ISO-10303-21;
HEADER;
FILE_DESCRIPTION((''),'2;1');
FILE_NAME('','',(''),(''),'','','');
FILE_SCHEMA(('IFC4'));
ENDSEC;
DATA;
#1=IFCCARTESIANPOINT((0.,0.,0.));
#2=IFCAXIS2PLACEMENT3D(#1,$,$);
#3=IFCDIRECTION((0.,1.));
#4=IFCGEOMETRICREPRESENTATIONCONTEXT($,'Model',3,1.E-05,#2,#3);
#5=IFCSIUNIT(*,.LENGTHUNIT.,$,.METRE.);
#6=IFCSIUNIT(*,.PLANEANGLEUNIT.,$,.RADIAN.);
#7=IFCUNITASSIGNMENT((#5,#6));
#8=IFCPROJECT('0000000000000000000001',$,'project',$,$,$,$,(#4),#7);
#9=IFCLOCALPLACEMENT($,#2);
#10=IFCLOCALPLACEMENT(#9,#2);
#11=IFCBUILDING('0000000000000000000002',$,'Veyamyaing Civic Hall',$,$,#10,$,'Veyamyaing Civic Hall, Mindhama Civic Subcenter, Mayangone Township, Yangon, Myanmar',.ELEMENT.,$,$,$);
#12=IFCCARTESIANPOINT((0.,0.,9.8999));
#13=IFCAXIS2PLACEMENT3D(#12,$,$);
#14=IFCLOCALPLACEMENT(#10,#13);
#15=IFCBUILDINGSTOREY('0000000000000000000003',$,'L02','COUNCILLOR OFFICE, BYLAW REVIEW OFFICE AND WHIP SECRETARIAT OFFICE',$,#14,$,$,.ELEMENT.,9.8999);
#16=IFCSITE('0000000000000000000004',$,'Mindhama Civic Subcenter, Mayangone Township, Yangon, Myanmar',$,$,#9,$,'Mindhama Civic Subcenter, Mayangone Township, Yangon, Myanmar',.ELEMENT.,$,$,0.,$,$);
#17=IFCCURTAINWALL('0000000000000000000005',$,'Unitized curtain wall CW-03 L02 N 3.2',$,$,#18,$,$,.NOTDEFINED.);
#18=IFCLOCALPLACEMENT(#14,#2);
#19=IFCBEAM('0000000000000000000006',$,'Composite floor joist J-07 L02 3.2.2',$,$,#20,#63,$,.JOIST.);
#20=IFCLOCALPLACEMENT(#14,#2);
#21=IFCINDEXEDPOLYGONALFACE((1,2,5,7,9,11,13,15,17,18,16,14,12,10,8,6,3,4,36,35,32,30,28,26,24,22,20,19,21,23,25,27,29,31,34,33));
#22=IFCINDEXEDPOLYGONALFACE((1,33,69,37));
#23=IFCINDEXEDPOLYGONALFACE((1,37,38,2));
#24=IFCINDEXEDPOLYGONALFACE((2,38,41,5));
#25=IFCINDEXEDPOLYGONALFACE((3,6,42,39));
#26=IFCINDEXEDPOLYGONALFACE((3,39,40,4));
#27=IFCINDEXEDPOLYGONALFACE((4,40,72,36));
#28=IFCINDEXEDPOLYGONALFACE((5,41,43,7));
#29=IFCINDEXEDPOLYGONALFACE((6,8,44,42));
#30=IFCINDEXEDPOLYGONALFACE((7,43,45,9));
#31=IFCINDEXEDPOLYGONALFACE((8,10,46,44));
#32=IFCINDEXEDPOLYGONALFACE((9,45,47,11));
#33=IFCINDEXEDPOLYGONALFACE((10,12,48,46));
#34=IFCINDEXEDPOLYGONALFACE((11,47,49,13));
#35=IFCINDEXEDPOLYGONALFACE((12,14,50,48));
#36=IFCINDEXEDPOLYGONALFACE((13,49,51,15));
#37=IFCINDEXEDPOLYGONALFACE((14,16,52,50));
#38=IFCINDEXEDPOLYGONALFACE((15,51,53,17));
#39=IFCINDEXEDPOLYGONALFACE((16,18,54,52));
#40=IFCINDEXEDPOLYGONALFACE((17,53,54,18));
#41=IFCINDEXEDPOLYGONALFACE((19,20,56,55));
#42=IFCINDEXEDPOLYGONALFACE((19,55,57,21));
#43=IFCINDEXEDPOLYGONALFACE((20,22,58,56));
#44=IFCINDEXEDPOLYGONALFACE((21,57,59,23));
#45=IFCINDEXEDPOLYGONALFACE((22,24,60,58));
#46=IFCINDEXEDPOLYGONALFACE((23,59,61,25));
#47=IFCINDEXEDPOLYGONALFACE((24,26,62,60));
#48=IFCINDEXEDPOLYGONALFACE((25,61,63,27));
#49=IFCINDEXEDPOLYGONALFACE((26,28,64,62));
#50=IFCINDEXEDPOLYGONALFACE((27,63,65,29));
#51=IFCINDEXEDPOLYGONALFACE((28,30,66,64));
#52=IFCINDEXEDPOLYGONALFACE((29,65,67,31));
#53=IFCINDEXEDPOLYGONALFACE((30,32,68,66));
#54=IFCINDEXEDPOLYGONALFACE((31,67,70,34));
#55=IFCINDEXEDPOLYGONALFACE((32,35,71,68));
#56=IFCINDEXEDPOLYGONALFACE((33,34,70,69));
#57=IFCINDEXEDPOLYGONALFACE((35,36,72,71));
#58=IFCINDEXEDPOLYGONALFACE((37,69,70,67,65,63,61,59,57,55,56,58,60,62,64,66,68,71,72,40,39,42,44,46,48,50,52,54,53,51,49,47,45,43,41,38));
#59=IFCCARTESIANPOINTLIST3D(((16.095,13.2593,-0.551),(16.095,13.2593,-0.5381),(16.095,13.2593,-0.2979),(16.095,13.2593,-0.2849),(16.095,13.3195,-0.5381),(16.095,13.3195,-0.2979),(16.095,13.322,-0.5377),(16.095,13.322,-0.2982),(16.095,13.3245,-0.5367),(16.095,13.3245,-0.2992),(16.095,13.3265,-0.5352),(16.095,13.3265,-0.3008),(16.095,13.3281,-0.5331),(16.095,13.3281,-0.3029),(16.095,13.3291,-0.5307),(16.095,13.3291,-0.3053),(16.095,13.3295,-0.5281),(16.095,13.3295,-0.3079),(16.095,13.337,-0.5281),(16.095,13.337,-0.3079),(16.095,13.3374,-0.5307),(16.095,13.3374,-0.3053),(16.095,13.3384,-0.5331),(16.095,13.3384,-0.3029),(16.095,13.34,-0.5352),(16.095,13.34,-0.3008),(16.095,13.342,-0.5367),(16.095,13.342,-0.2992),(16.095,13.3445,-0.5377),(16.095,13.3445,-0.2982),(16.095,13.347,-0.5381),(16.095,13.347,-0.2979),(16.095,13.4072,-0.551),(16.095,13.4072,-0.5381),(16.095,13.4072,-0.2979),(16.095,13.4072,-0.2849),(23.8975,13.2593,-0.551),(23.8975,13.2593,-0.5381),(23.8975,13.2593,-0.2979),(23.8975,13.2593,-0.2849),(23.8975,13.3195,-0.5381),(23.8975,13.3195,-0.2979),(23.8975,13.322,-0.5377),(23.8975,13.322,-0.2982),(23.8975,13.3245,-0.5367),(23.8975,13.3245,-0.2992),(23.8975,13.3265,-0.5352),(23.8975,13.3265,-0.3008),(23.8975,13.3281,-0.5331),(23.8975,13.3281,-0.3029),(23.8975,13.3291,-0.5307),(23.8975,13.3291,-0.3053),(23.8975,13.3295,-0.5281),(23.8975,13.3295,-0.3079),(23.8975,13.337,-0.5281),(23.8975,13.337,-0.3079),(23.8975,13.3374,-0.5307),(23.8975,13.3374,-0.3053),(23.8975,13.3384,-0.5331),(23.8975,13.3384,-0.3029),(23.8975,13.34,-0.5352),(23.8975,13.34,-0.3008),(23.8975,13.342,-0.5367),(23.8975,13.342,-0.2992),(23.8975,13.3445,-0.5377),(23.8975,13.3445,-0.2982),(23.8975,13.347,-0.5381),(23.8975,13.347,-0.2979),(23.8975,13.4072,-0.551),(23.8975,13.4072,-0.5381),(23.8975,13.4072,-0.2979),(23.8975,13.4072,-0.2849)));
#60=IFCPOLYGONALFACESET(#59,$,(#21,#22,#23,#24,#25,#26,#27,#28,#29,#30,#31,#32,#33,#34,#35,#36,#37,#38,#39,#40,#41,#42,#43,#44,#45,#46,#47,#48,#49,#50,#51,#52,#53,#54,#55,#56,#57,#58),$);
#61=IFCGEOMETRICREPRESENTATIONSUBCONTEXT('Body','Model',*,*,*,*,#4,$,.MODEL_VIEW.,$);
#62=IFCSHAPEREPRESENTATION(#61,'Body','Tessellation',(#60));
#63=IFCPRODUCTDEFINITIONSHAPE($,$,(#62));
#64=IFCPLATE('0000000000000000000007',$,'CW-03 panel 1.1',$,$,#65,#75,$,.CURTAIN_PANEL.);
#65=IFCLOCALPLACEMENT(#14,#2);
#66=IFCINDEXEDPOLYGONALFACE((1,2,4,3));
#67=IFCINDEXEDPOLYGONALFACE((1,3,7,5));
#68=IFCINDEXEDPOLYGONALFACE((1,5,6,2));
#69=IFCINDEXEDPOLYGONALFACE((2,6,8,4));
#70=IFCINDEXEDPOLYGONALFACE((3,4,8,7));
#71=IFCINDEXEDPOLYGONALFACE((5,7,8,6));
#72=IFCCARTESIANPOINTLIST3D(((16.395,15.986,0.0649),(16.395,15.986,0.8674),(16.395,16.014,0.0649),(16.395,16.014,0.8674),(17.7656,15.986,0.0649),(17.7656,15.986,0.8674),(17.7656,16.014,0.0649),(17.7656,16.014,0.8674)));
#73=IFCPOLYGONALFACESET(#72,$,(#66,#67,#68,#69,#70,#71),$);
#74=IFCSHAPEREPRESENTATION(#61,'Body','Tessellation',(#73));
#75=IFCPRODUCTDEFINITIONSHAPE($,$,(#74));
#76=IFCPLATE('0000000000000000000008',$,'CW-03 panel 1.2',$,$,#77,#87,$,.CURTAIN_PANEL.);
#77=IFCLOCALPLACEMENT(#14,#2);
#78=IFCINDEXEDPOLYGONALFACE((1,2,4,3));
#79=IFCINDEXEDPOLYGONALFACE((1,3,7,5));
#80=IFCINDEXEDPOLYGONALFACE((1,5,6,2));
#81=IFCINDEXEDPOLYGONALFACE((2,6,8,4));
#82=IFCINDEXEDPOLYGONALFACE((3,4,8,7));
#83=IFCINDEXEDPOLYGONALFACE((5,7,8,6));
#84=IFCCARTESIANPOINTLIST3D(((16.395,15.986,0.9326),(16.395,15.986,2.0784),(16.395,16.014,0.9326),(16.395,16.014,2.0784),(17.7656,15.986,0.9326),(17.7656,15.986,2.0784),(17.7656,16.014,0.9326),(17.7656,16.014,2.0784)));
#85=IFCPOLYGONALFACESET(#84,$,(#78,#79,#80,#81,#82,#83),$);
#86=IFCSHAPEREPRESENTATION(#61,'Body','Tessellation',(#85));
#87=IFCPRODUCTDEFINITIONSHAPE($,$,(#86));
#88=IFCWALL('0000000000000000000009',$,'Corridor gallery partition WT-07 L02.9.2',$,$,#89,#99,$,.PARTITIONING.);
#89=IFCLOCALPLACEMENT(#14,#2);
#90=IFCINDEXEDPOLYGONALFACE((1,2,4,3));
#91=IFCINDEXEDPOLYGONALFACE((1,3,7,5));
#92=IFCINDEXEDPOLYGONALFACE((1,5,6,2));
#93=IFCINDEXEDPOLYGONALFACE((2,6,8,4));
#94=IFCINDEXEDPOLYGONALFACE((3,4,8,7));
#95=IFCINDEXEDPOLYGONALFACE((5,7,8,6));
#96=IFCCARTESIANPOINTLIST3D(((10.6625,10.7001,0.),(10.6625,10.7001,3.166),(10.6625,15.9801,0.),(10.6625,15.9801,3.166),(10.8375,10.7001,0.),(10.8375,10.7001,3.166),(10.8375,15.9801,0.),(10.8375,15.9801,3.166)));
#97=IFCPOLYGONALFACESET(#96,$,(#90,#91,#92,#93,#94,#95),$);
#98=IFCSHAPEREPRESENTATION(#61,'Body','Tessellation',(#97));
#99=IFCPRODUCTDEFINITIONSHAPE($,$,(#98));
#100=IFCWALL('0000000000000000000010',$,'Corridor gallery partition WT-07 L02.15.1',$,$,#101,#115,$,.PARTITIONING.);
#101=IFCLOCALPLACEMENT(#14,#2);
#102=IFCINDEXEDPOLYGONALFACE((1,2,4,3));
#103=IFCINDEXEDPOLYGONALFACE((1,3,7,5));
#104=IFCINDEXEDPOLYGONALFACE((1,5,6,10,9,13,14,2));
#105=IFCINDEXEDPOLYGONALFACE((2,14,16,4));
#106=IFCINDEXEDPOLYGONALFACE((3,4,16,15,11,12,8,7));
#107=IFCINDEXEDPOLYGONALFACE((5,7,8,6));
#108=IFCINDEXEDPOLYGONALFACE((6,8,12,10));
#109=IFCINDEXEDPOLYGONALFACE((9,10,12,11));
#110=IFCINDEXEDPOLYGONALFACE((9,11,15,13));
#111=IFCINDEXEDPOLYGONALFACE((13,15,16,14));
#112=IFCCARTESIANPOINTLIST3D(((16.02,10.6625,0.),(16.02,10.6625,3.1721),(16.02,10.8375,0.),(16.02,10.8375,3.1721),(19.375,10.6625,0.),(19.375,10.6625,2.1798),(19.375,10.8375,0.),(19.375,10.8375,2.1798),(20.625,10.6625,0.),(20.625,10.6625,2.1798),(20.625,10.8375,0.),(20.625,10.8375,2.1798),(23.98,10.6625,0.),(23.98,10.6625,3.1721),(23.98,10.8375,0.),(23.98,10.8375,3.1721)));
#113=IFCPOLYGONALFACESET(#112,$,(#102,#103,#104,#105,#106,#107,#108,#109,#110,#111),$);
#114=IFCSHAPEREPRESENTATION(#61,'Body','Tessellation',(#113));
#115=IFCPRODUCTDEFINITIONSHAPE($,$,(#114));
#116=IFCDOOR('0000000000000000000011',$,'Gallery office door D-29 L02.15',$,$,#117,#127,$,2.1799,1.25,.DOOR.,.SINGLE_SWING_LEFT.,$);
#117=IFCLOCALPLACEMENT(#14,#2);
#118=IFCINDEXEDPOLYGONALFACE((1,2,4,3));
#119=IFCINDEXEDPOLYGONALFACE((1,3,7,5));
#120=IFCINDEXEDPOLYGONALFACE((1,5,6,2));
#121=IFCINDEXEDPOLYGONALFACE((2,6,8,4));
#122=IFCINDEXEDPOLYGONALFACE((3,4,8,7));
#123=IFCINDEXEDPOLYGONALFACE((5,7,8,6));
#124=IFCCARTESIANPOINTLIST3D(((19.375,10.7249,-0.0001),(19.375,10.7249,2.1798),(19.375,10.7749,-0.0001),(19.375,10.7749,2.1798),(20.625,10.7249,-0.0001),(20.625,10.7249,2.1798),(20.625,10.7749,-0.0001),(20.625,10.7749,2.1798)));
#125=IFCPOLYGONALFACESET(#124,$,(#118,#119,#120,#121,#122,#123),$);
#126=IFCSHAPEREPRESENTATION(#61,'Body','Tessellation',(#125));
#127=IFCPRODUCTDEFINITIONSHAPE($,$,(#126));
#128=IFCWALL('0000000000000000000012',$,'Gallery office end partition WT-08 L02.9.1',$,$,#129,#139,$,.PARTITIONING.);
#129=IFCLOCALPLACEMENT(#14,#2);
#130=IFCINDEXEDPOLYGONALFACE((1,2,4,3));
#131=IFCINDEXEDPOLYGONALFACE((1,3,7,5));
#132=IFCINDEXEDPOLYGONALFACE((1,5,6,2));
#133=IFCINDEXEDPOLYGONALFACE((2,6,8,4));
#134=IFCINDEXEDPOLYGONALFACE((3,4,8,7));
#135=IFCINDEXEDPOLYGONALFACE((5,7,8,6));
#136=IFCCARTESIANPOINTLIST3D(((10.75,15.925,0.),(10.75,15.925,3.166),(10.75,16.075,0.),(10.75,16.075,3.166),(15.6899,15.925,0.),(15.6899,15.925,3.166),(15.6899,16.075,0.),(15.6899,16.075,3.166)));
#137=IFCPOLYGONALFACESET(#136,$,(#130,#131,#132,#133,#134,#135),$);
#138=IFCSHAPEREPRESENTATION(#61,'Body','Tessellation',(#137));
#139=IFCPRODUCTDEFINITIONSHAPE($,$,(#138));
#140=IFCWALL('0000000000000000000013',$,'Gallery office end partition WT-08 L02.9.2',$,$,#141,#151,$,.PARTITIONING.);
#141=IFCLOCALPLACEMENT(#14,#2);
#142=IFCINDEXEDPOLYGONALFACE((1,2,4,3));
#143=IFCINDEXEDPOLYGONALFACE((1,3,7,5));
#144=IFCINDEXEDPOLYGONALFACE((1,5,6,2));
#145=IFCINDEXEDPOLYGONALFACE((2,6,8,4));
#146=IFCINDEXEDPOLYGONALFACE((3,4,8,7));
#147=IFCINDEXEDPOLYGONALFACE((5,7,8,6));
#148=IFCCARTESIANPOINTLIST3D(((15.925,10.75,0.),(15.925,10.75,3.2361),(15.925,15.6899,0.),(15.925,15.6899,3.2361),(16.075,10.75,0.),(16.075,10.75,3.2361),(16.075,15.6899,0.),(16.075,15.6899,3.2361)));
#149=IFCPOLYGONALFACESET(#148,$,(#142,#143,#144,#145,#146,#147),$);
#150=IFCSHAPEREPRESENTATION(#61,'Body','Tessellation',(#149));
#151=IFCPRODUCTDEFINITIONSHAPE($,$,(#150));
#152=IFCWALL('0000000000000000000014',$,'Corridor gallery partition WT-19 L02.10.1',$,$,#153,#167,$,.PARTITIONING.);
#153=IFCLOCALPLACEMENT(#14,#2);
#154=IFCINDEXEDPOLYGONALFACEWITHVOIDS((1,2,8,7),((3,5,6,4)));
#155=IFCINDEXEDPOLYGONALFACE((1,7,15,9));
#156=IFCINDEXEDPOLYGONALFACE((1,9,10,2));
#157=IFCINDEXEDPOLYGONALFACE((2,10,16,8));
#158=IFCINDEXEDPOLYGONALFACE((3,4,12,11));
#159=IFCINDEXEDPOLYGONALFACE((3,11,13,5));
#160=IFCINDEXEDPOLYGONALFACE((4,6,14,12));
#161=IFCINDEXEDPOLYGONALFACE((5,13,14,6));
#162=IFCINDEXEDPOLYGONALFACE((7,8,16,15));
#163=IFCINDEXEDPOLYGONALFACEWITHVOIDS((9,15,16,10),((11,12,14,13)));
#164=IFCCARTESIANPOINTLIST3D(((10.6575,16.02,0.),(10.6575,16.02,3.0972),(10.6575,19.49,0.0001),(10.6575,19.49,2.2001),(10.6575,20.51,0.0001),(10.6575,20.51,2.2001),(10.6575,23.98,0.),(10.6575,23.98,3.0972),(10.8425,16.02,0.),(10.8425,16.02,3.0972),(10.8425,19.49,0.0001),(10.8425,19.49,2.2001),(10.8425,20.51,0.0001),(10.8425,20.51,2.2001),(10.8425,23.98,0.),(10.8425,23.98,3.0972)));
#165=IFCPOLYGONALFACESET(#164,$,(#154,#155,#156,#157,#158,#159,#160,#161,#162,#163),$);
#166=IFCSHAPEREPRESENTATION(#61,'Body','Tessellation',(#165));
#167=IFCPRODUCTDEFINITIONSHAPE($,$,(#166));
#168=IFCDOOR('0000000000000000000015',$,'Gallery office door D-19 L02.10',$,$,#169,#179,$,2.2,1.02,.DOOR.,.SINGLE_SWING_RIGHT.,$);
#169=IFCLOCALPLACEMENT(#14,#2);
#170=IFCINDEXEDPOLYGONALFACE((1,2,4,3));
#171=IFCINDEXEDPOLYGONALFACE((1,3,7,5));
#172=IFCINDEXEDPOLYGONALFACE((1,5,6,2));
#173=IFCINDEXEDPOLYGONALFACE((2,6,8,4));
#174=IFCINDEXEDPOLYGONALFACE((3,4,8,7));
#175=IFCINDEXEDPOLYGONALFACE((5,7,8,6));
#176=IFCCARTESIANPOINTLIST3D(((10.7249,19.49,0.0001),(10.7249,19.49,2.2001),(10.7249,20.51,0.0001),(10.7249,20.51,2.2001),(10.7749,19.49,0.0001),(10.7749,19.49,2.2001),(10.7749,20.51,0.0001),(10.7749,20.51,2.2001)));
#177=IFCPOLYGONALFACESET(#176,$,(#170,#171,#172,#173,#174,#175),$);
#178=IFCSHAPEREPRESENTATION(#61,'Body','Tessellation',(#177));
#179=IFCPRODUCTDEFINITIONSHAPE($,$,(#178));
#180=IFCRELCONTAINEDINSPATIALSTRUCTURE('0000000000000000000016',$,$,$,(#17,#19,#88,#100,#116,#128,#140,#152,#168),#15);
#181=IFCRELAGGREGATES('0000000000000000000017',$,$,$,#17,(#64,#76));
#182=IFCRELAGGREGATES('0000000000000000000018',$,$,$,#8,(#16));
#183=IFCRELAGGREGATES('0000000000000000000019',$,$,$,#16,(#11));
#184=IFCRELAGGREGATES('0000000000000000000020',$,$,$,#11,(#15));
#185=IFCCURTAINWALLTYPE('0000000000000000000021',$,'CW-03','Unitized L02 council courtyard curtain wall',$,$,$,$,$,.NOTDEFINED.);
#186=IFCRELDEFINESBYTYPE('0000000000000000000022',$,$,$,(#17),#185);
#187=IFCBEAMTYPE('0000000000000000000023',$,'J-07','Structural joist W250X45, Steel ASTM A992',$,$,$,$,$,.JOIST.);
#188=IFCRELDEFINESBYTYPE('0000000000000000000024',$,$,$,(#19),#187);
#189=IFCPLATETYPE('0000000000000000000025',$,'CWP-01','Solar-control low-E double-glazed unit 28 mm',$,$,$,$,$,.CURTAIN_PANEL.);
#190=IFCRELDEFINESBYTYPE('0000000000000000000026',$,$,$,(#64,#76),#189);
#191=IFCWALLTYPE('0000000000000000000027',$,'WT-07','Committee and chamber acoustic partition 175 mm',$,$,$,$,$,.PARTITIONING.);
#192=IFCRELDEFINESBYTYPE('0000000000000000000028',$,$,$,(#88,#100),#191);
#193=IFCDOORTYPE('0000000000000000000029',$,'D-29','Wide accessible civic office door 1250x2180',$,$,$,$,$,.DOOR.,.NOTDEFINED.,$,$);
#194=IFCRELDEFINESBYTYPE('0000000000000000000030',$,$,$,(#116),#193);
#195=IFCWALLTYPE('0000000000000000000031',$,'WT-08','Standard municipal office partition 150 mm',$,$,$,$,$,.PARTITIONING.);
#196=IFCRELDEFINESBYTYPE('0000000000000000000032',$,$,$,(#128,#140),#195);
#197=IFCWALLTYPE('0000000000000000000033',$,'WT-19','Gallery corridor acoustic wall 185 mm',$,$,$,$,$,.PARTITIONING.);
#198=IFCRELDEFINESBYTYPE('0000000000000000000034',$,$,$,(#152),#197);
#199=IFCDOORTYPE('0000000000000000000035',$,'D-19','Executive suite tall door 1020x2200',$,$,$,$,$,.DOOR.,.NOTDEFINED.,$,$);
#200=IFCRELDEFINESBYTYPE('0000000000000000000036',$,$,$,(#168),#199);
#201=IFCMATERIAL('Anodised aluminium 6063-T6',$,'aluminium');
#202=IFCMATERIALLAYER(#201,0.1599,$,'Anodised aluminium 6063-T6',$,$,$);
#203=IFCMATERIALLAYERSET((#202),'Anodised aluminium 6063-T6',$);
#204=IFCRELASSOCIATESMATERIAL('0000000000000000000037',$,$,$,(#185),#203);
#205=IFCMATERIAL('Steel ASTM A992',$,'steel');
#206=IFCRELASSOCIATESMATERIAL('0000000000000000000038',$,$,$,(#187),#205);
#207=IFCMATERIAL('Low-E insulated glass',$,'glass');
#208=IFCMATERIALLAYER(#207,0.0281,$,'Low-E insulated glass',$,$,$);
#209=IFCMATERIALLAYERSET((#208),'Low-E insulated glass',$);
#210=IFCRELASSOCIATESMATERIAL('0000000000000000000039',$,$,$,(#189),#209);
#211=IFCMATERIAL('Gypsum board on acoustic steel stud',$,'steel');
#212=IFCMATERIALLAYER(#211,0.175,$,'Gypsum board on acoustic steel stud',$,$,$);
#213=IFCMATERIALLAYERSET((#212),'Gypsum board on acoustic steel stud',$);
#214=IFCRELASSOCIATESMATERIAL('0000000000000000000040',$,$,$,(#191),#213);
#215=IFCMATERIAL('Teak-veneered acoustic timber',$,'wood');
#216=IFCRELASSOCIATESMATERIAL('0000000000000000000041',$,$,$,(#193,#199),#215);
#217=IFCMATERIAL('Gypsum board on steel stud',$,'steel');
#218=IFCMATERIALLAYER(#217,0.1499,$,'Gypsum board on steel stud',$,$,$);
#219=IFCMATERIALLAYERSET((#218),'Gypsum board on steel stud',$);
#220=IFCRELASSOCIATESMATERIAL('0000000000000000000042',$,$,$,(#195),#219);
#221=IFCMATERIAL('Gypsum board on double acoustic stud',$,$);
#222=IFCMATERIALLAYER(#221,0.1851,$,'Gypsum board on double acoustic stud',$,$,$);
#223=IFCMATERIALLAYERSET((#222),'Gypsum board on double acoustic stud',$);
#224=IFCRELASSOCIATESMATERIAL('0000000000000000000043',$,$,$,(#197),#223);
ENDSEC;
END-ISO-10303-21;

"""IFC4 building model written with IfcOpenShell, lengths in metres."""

from ifc_helpers import new_model, si_unit, direction, frame, frame_2d, origin, origin_2d, place, context, subcontext, project, spatial, rectangle, i_section, extrude, material, layer, layer_set, material_profile, profile_set, type_object, element, fill, aggregate, save


model = new_model("IFC4")

# Units and contexts
model_context = context("Model", 3, precision=1e-05, world=origin(), true_north=direction((0.0, 1.0)))
body_context = subcontext(model_context, "Body", "Model", "MODEL_VIEW")
ifc_project = project(units=[si_unit("LENGTHUNIT", "METRE"), si_unit("PLANEANGLEUNIT", "RADIAN")], contexts=[model_context])

# Site, building, storey
site_placement = place(None, origin())
site = spatial("IfcSite", under=ifc_project, at=site_placement, Name="Mindhama Civic Subcenter, Mayangone Township, Yangon, Myanmar", LongName="Mindhama Civic Subcenter, Mayangone Township, Yangon, Myanmar", CompositionType="ELEMENT", RefElevation=0.0)
building_placement = place(site_placement, origin())
building = spatial("IfcBuilding", under=site, at=building_placement, Name="Veyamyaing Civic Hall", LongName="Veyamyaing Civic Hall, Mindhama Civic Subcenter, Mayangone Township, Yangon, Myanmar", CompositionType="ELEMENT")
storey_placement = place(building_placement, frame((0.0, 0.0, 9.8999)))
storey = spatial("IfcBuildingStorey", under=building, at=storey_placement, Name="L02", Description="COUNCILLOR OFFICE, BYLAW REVIEW OFFICE AND WHIP SECRETARIAT OFFICE", CompositionType="ELEMENT", Elevation=9.8999)

# Shared definitions
ifc_material_1 = material(Name="Steel ASTM A992", Category="steel")

# Curtain wall
ifc_material_2 = material(Name="Anodised aluminium 6063-T6", Category="aluminium")
ifc_layer_1 = layer(ifc_material_2, 0.1599, Name="Anodised aluminium 6063-T6")
ifc_layer_set_1 = layer_set([ifc_layer_1], Name="Anodised aluminium 6063-T6")
curtain_wall_type = type_object("IfcCurtainWallType", Name="CW-03", Description="Unitized L02 council courtyard curtain wall", PredefinedType="NOTDEFINED", material=ifc_layer_set_1)
curtain_wall_placement = place(storey_placement, origin())
curtain_wall = element("IfcCurtainWall", 1, at=curtain_wall_placement, inside=storey, type_object=curtain_wall_type, Name="Unitized curtain wall CW-03 L02 N 3.2", PredefinedType="NOTDEFINED")

# Beam
ifc_material_profile_1 = material_profile(ifc_material_1, i_section(OverallWidth=0.1479, OverallDepth=0.2661, WebThickness=0.0076, FlangeThickness=0.0129, FilletRadius=0.01, at=origin_2d()), Name="W250X45")
ifc_profile_set_1 = profile_set([ifc_material_profile_1], Name="Steel ASTM A992")
beam_type_1 = type_object("IfcBeamType", Name="J-07", Description="Structural joist W250X45, Steel ASTM A992", PredefinedType="JOIST", material=ifc_profile_set_1)
for number, where, z_axis, x_axis, name in (
    (2, (16.095, 13.3333, -0.418), (1.0, 0.0, 0.0), (0.0, 1.0, 0.0), "Composite floor joist J-07 L02 3.2.2"),
):
    element("IfcBeam", number, at=place(storey_placement, frame(where, z_axis=z_axis, x_axis=x_axis)), inside=storey, type_object=beam_type_1, Name=name, PredefinedType="JOIST", context=body_context, shape_type="SweptSolid", body=[
        extrude(i_section(OverallWidth=0.1479, OverallDepth=0.2661, WebThickness=0.0076, FlangeThickness=0.0129, FilletRadius=0.01, at=origin_2d()), origin(), (0.0, 0.0, 1.0), 7.8025),
    ])

# Plates
ifc_material_3 = material(Name="Low-E insulated glass", Category="glass")
ifc_layer_2 = layer(ifc_material_3, 0.0281, Name="Low-E insulated glass")
ifc_layer_set_2 = layer_set([ifc_layer_2], Name="Low-E insulated glass")
plate_type = type_object("IfcPlateType", Name="CWP-01", Description="Solar-control low-E double-glazed unit 28 mm", PredefinedType="CURTAIN_PANEL", material=ifc_layer_set_2)
plate_1_placement = place(storey_placement, frame((17.0803, 16.0, 0.0649), z_axis=(0.0, 0.0, 1.0), x_axis=(1.0, 0.0, 0.0)))
plate_1 = element("IfcPlate", 3, at=plate_1_placement, type_object=plate_type, Name="CW-03 panel 1.1", PredefinedType="CURTAIN_PANEL", context=body_context, shape_type="SweptSolid", body=[
    extrude(rectangle(XDim=1.3706, YDim=0.0281, at=origin_2d()), origin(), (0.0, 0.0, 1.0), 0.8025),
])
plate_2_placement = place(storey_placement, frame((17.0803, 16.0, 0.9326), z_axis=(0.0, 0.0, 1.0), x_axis=(1.0, 0.0, 0.0)))
plate_2 = element("IfcPlate", 4, at=plate_2_placement, type_object=plate_type, Name="CW-03 panel 1.2", PredefinedType="CURTAIN_PANEL", context=body_context, shape_type="SweptSolid", body=[
    extrude(rectangle(XDim=1.3706, YDim=0.0281, at=origin_2d()), origin(), (0.0, 0.0, 1.0), 1.1458),
])
aggregate(curtain_wall, [plate_1, plate_2])

# Shared definitions
ifc_material_4 = material(Name="Gypsum board on acoustic steel stud", Category="steel")
ifc_layer_3 = layer(ifc_material_4, 0.175, Name="Gypsum board on acoustic steel stud")
ifc_layer_set_3 = layer_set([ifc_layer_3], Name="Gypsum board on acoustic steel stud")
wall_type_1 = type_object("IfcWallType", Name="WT-07", Description="Committee and chamber acoustic partition 175 mm", PredefinedType="PARTITIONING", material=ifc_layer_set_3)
ifc_material_5 = material(Name="Teak-veneered acoustic timber", Category="wood")

# Wall
wall_1_placement = place(storey_placement, frame((10.75, 10.7, 0.0), z_axis=(0.0, 0.0, 1.0), x_axis=(0.0, 1.0, 0.0)))
element("IfcWall", 5, at=wall_1_placement, inside=storey, type_object=wall_type_1, Name="Corridor gallery partition WT-07 L02.9.2", PredefinedType="PARTITIONING", context=body_context, shape_type="SweptSolid", body=[
    extrude(rectangle(XDim=5.28, YDim=0.175, at=frame_2d((2.6401, 0.0))), origin(), (0.0, 0.0, 1.0), 3.166),
])

# Wall, opening, door
wall_2_placement = place(storey_placement, frame((16.02, 10.75, 0.0), z_axis=(0.0, 0.0, 1.0), x_axis=(1.0, 0.0, 0.0)))
wall_2 = element("IfcWall", 6, at=wall_2_placement, inside=storey, type_object=wall_type_1, Name="Corridor gallery partition WT-07 L02.15.1", PredefinedType="PARTITIONING", context=body_context, shape_type="SweptSolid", body=[
    extrude(rectangle(XDim=7.96, YDim=0.175, at=frame_2d((3.98, 0.0))), origin(), (0.0, 0.0, 1.0), 3.1721),
])
opening_1_placement = place(wall_2_placement, frame((3.355, 0.0, 0.0)))
opening_1 = element("IfcOpeningElement", 7, at=opening_1_placement, cuts=wall_2, PredefinedType="OPENING", context=body_context, shape_type="SweptSolid", body=[
    extrude(rectangle(XDim=1.25, YDim=2.1799, at=frame_2d((0.625, 1.0898))), frame((0.0, 0.0974, 0.0), z_axis=(0.0, -1.0, 0.0), x_axis=(1.0, 0.0, 0.0)), (0.0, 0.0, 1.0), 0.1951),
])
door_type_1 = type_object("IfcDoorType", Name="D-29", Description="Wide accessible civic office door 1250x2180", OperationType="NOTDEFINED", PredefinedType="DOOR", material=ifc_material_5)
door_1_placement = place(opening_1_placement, origin())
door_1 = element("IfcDoor", 8, at=door_1_placement, inside=storey, type_object=door_type_1, Name="Gallery office door D-29 L02.15", OperationType="SINGLE_SWING_LEFT", OverallHeight=2.1799, OverallWidth=1.25, PredefinedType="DOOR", context=body_context, shape_type="SweptSolid", body=[
    extrude(rectangle(XDim=1.25, YDim=2.1799, at=frame_2d((0.625, 1.0898))), frame((0.0, 0.0249, 0.0), z_axis=(0.0, -1.0, 0.0), x_axis=(1.0, 0.0, 0.0)), (0.0, 0.0, 1.0), 0.05),
])
fill(opening_1, door_1)

# Walls
ifc_material_6 = material(Name="Gypsum board on steel stud", Category="steel")
ifc_layer_4 = layer(ifc_material_6, 0.1499, Name="Gypsum board on steel stud")
ifc_layer_set_4 = layer_set([ifc_layer_4], Name="Gypsum board on steel stud")
wall_type_2 = type_object("IfcWallType", Name="WT-08", Description="Standard municipal office partition 150 mm", PredefinedType="PARTITIONING", material=ifc_layer_set_4)
wall_3_placement = place(storey_placement, frame((10.75, 16.0, 0.0), z_axis=(0.0, 0.0, 1.0), x_axis=(1.0, 0.0, 0.0)))
element("IfcWall", 9, at=wall_3_placement, inside=storey, type_object=wall_type_2, Name="Gallery office end partition WT-08 L02.9.1", PredefinedType="PARTITIONING", context=body_context, shape_type="SweptSolid", body=[
    extrude(rectangle(XDim=4.9399, YDim=0.1499, at=frame_2d((2.47, 0.0))), origin(), (0.0, 0.0, 1.0), 3.166),
])
wall_4_placement = place(storey_placement, frame((16.0, 10.75, 0.0), z_axis=(0.0, 0.0, 1.0), x_axis=(0.0, 1.0, 0.0)))
element("IfcWall", 10, at=wall_4_placement, inside=storey, type_object=wall_type_2, Name="Gallery office end partition WT-08 L02.9.2", PredefinedType="PARTITIONING", context=body_context, shape_type="SweptSolid", body=[
    extrude(rectangle(XDim=4.9399, YDim=0.1499, at=frame_2d((2.47, 0.0))), origin(), (0.0, 0.0, 1.0), 3.2361),
])

# Wall, opening, door
ifc_material_7 = material(Name="Gypsum board on double acoustic stud")
ifc_layer_5 = layer(ifc_material_7, 0.1851, Name="Gypsum board on double acoustic stud")
ifc_layer_set_5 = layer_set([ifc_layer_5], Name="Gypsum board on double acoustic stud")
wall_type_3 = type_object("IfcWallType", Name="WT-19", Description="Gallery corridor acoustic wall 185 mm", PredefinedType="PARTITIONING", material=ifc_layer_set_5)
wall_5_placement = place(storey_placement, frame((10.75, 16.02, 0.0), z_axis=(0.0, 0.0, 1.0), x_axis=(0.0, 1.0, 0.0)))
wall_5 = element("IfcWall", 11, at=wall_5_placement, inside=storey, type_object=wall_type_3, Name="Corridor gallery partition WT-19 L02.10.1", PredefinedType="PARTITIONING", context=body_context, shape_type="SweptSolid", body=[
    extrude(rectangle(XDim=7.96, YDim=0.1851, at=frame_2d((3.98, 0.0))), origin(), (0.0, 0.0, 1.0), 3.0972),
])
opening_2_placement = place(wall_5_placement, frame((3.47, 0.0, 0.0)))
opening_2 = element("IfcOpeningElement", 12, at=opening_2_placement, cuts=wall_5, PredefinedType="OPENING", context=body_context, shape_type="SweptSolid", body=[
    extrude(rectangle(XDim=1.02, YDim=2.2, at=frame_2d((0.51, 1.1001))), frame((0.0, 0.1025, 0.0), z_axis=(0.0, -1.0, 0.0), x_axis=(1.0, 0.0, 0.0)), (0.0, 0.0, 1.0), 0.2051),
])
door_type_2 = type_object("IfcDoorType", Name="D-19", Description="Executive suite tall door 1020x2200", OperationType="NOTDEFINED", PredefinedType="DOOR", material=ifc_material_5)
door_2_placement = place(opening_2_placement, frame((1.02, 0.0, 0.0), z_axis=(0.0, 0.0, 1.0), x_axis=(-1.0, 0.0, 0.0)))
door_2 = element("IfcDoor", 13, at=door_2_placement, inside=storey, type_object=door_type_2, Name="Gallery office door D-19 L02.10", OperationType="SINGLE_SWING_RIGHT", OverallHeight=2.2, OverallWidth=1.02, PredefinedType="DOOR", context=body_context, shape_type="SweptSolid", body=[
    extrude(rectangle(XDim=1.02, YDim=2.2, at=frame_2d((0.51, 1.1001))), frame((0.0, 0.0249, 0.0), z_axis=(0.0, -1.0, 0.0), x_axis=(1.0, 0.0, 0.0)), (0.0, 0.0, 1.0), 0.05),
])
fill(opening_2, door_2)

save(model, "model.ifc")
